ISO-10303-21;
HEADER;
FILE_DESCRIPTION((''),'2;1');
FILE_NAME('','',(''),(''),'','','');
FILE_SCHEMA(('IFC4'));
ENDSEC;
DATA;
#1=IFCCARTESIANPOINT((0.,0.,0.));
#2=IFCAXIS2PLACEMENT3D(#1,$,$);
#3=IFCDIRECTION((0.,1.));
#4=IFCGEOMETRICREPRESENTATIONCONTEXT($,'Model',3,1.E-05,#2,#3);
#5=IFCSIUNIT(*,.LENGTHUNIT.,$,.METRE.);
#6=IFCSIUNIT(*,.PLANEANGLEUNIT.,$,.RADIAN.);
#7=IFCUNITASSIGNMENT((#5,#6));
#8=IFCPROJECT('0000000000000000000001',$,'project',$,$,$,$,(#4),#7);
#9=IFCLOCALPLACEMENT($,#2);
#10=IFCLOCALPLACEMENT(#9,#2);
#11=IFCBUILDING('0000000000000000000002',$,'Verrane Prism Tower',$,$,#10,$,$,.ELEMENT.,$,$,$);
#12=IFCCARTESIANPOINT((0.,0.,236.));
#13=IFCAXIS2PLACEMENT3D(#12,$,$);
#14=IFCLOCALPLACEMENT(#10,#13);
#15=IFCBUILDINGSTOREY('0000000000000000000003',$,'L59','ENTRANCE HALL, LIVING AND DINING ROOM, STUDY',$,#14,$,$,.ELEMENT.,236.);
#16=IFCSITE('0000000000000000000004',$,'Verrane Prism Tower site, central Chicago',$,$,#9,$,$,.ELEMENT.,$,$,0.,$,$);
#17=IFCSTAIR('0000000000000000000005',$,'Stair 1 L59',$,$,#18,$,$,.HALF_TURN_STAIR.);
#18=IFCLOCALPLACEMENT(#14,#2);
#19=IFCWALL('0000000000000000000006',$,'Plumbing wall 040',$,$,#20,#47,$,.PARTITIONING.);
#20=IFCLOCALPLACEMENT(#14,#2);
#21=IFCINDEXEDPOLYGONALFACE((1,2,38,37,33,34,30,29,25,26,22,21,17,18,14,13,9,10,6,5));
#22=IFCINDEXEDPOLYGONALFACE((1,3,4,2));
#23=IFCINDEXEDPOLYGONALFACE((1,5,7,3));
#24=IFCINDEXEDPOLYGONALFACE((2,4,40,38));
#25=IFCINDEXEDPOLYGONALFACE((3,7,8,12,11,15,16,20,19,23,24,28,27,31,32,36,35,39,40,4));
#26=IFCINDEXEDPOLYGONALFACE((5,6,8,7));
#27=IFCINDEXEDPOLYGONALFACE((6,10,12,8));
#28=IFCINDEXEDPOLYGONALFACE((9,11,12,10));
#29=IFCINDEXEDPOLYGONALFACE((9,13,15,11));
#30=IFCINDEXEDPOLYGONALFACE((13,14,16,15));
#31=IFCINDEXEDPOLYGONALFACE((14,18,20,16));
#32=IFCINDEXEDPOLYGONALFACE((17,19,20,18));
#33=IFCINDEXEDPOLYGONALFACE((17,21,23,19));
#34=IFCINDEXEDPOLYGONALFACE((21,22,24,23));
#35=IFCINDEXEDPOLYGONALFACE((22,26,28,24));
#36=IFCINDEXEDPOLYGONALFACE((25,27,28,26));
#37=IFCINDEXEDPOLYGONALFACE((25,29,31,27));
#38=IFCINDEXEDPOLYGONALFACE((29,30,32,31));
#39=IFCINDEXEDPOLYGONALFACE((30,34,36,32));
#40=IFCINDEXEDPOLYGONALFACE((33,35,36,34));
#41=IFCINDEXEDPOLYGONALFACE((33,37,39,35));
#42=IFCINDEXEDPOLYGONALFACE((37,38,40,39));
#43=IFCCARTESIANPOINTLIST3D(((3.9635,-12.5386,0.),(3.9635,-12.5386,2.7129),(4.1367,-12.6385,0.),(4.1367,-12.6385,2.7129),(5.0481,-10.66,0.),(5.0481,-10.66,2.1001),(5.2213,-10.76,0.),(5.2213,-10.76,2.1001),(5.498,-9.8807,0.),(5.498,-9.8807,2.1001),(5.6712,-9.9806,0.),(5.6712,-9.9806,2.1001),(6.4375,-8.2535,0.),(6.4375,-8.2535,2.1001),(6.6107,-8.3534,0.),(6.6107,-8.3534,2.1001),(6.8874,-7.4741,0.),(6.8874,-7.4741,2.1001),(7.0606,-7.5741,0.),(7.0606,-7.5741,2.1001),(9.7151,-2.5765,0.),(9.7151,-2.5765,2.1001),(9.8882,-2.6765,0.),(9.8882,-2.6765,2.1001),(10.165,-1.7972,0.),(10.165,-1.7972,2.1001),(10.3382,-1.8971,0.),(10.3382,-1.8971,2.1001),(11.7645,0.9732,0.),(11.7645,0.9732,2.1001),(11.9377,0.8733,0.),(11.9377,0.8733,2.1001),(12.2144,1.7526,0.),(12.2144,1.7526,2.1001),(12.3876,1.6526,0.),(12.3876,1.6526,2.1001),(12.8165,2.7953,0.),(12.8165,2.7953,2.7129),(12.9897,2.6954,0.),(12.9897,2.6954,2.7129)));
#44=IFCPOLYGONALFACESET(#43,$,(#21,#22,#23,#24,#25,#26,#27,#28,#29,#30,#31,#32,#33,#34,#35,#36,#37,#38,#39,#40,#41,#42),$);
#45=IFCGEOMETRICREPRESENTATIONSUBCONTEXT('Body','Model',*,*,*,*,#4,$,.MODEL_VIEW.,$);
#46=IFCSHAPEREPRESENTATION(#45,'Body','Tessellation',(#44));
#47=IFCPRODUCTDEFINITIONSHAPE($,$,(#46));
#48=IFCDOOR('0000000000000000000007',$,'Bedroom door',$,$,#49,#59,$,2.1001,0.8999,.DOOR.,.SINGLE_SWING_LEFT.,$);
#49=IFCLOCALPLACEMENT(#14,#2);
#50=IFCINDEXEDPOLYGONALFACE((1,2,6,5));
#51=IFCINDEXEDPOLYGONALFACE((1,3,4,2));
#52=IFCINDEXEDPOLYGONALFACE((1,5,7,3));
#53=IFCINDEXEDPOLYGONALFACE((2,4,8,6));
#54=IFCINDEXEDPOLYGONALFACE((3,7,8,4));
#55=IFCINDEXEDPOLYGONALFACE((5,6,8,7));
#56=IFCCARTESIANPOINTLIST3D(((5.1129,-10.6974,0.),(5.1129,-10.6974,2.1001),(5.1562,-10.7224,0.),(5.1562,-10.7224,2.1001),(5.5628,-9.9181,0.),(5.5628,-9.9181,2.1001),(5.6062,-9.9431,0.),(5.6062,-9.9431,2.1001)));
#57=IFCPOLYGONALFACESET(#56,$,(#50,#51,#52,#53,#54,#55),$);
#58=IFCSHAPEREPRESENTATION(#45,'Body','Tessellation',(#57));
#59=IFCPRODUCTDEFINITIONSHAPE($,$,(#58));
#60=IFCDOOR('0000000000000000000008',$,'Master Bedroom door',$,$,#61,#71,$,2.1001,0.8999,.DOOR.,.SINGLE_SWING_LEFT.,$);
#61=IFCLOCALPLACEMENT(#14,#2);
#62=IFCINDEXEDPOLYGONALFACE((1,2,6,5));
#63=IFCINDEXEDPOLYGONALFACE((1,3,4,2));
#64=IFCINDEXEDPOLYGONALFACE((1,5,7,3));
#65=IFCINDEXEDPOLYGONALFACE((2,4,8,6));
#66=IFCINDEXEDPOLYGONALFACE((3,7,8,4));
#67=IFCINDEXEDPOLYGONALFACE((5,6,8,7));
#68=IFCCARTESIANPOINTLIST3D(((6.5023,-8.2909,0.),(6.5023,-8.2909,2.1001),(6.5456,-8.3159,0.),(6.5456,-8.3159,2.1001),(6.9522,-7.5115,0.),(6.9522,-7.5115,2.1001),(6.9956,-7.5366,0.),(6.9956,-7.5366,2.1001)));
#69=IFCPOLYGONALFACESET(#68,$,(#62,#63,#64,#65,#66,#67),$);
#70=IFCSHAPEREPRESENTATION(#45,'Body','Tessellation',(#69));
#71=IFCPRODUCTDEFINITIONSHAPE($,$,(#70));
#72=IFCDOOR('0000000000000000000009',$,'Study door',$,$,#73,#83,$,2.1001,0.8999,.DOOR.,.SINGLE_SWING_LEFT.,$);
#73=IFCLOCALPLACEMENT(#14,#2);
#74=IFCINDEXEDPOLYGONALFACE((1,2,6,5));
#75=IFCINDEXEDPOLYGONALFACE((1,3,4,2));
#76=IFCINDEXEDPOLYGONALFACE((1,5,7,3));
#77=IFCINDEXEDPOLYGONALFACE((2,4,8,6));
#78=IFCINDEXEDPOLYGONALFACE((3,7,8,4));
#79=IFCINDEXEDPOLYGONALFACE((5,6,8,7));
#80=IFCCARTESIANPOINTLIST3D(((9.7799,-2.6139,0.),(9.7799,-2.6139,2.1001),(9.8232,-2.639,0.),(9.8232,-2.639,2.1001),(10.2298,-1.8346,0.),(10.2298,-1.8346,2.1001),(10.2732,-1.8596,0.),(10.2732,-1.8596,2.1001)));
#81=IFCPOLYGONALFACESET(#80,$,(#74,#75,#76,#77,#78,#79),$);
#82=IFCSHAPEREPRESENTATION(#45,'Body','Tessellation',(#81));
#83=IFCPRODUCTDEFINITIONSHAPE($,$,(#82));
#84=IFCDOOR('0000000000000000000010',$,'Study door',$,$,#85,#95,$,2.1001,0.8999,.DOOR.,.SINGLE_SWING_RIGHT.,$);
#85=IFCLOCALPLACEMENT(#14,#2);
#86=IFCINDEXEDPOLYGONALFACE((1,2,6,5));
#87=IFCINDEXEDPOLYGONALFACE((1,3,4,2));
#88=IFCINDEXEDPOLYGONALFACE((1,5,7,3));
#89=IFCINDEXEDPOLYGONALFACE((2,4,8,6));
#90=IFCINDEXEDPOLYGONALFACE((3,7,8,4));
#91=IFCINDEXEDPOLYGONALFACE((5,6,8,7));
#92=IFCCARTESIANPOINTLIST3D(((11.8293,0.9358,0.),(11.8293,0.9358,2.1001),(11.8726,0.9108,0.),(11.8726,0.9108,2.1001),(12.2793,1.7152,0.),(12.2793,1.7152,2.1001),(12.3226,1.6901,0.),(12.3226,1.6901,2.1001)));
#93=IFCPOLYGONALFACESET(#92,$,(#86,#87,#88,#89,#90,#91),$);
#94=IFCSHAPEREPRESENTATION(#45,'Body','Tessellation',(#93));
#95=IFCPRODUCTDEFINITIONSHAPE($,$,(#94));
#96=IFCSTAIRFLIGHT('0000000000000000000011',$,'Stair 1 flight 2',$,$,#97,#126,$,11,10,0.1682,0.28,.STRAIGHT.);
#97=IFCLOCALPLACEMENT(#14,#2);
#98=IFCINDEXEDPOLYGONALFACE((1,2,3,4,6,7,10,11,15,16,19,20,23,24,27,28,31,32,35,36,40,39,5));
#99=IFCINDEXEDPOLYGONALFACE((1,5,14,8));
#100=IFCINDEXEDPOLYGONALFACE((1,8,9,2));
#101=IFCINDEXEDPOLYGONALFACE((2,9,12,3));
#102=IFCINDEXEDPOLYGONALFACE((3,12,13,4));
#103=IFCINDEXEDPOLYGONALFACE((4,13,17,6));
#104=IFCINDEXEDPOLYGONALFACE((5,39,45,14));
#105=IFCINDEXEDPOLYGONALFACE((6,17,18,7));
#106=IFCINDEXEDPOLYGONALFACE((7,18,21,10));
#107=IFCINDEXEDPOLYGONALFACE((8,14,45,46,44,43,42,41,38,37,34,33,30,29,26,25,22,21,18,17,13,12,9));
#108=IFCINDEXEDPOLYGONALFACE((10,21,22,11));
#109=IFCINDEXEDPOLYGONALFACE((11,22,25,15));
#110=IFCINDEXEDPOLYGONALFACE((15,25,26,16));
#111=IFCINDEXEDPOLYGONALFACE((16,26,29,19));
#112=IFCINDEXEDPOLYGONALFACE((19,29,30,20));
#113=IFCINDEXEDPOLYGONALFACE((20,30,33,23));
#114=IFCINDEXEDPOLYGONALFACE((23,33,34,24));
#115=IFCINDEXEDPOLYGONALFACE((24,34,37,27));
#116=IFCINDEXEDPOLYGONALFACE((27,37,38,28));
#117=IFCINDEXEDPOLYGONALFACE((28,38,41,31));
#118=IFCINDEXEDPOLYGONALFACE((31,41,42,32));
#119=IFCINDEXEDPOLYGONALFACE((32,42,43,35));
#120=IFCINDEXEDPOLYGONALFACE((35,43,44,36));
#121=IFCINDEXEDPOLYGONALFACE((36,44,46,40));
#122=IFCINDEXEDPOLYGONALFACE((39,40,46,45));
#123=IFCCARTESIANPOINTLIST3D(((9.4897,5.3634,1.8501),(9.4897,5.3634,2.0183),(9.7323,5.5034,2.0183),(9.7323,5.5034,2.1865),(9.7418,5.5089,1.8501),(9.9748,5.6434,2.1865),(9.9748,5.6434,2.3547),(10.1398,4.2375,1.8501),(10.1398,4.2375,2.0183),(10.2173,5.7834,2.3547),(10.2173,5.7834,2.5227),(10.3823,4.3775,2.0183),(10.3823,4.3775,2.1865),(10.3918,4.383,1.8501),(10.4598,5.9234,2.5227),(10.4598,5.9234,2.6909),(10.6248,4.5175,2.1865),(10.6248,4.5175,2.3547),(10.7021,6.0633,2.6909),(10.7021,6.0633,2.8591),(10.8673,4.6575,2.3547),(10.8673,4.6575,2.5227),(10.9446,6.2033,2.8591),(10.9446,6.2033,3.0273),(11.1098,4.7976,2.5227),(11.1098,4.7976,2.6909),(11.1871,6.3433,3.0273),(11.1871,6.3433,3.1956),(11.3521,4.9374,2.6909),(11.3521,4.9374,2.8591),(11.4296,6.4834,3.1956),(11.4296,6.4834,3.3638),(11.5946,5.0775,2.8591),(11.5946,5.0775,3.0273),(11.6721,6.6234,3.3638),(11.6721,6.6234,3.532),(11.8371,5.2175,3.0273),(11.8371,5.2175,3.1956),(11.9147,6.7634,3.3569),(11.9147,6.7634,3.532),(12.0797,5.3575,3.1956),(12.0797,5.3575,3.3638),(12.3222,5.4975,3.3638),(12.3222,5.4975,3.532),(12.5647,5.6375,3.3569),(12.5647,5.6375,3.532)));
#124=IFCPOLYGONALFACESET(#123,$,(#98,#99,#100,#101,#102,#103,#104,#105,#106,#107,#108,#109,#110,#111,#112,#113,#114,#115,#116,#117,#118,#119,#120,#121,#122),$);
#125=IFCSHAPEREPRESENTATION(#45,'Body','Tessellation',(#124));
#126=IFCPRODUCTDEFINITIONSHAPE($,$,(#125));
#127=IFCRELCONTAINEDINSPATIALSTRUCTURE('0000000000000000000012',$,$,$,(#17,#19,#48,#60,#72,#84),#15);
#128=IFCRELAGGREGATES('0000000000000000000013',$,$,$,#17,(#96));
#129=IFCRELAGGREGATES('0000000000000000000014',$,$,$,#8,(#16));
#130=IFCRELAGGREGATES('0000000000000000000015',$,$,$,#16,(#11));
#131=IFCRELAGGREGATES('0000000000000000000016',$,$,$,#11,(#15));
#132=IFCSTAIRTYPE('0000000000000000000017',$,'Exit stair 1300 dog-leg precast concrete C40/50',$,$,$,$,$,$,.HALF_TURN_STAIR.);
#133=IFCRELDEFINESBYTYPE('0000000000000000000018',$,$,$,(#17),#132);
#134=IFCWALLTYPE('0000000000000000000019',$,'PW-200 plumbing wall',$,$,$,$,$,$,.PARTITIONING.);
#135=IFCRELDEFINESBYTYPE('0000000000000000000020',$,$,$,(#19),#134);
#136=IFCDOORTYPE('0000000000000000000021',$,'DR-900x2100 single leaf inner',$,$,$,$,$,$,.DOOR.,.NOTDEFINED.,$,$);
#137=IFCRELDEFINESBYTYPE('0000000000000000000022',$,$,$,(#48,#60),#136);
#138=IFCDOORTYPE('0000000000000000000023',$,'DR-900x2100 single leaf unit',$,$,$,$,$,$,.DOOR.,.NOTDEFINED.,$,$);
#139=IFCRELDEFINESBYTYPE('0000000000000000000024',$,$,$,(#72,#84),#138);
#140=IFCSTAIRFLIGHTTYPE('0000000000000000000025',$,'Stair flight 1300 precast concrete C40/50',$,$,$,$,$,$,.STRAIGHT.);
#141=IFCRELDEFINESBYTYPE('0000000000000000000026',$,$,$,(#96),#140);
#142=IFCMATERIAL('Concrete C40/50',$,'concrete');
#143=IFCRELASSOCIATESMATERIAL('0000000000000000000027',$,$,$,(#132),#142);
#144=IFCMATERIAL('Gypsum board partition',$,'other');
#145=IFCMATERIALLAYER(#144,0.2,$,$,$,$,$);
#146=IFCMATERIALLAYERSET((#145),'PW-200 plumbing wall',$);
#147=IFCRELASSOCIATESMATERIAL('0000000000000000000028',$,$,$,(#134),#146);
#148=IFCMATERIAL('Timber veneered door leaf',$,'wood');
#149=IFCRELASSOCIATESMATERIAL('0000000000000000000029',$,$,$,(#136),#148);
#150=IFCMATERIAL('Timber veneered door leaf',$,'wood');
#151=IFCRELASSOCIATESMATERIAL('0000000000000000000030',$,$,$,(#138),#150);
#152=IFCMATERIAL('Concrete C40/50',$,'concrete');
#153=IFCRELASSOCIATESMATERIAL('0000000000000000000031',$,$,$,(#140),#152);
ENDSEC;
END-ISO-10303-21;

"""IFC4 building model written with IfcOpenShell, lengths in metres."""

from ifc_helpers import new_model, si_unit, direction, frame, frame_2d, origin, place, context, subcontext, project, spatial, polyline, rectangle, outline, extrude, material, layer, layer_set, type_object, element, fill, aggregate, save


model = new_model("IFC4")

# Units and contexts
model_context = context("Model", 3, precision=1e-05, world=origin(), true_north=direction((0.0, 1.0)))
body_context = subcontext(model_context, "Body", "Model", "MODEL_VIEW")
ifc_project = project(units=[si_unit("LENGTHUNIT", "METRE"), si_unit("PLANEANGLEUNIT", "RADIAN")], contexts=[model_context])

# Site, building, storey
site_placement = place(None, origin())
site = spatial("IfcSite", under=ifc_project, at=site_placement, Name="Verrane Prism Tower site, central Chicago", CompositionType="ELEMENT", RefElevation=0.0)
building_placement = place(site_placement, origin())
building = spatial("IfcBuilding", under=site, at=building_placement, Name="Verrane Prism Tower", CompositionType="ELEMENT")
storey_placement = place(building_placement, frame((0.0, 0.0, 236.0)))
storey = spatial("IfcBuildingStorey", under=building, at=storey_placement, Name="L59", Description="ENTRANCE HALL, LIVING AND DINING ROOM, STUDY", CompositionType="ELEMENT", Elevation=236.0)

# Stair
ifc_material_1 = material(Name="Concrete C40/50", Category="concrete")
stair_type = type_object("IfcStairType", Name="Exit stair 1300 dog-leg precast concrete C40/50", PredefinedType="HALF_TURN_STAIR", material=ifc_material_1)
stair_1_placement = place(storey_placement, origin())
stair_1 = element("IfcStair", 1, at=stair_1_placement, inside=storey, type_object=stair_type, Name="Stair 1 L59", PredefinedType="HALF_TURN_STAIR")

# Wall, openings, doors
ifc_material_2 = material(Name="Gypsum board partition", Category="other")
ifc_layer_1 = layer(ifc_material_2, 0.2)
ifc_layer_set_1 = layer_set([ifc_layer_1], Name="PW-200 plumbing wall")
wall_type_1 = type_object("IfcWallType", Name="PW-200 plumbing wall", PredefinedType="PARTITIONING", material=ifc_layer_set_1)
wall_1_placement = place(storey_placement, frame((12.9031, 2.7454, 0.0), z_axis=(0.0, 0.0, 1.0), x_axis=(-0.499998, -0.866027, 0.0)))
wall_1 = element("IfcWall", 2, at=wall_1_placement, inside=storey, type_object=wall_type_1, Name="Plumbing wall 040", PredefinedType="PARTITIONING", context=body_context, shape_type="SweptSolid", body=[
    extrude(rectangle(XDim=17.7061, YDim=0.2, at=frame_2d((8.853, 0.0))), origin(), (0.0, 0.0, 1.0), 2.7129),
])
opening_1_placement = place(wall_1_placement, frame((14.637, 0.0, 0.0)))
opening_1 = element("IfcOpeningElement", 3, at=opening_1_placement, cuts=wall_1, PredefinedType="OPENING", context=body_context, shape_type="SweptSolid", body=[
    extrude(rectangle(XDim=0.8999, YDim=2.1001, at=frame_2d((0.45, 1.05))), frame((0.0, 0.1099, 0.0), z_axis=(0.0, -1.0, 0.0), x_axis=(1.0, 0.0, 0.0)), (0.0, 0.0, 1.0), 0.22),
])
opening_2_placement = place(wall_1_placement, frame((11.8582, 0.0, 0.0)))
opening_2 = element("IfcOpeningElement", 4, at=opening_2_placement, cuts=wall_1, PredefinedType="OPENING", context=body_context, shape_type="SweptSolid", body=[
    extrude(rectangle(XDim=0.8999, YDim=2.1001, at=frame_2d((0.45, 1.05))), frame((0.0, 0.1099, 0.0), z_axis=(0.0, -1.0, 0.0), x_axis=(1.0, 0.0, 0.0)), (0.0, 0.0, 1.0), 0.22),
])
opening_3_placement = place(wall_1_placement, frame((5.303, 0.0, 0.0)))
opening_3 = element("IfcOpeningElement", 5, at=opening_3_placement, cuts=wall_1, PredefinedType="OPENING", context=body_context, shape_type="SweptSolid", body=[
    extrude(rectangle(XDim=0.8999, YDim=2.1001, at=frame_2d((0.45, 1.05))), frame((0.0, 0.1099, 0.0), z_axis=(0.0, -1.0, 0.0), x_axis=(1.0, 0.0, 0.0)), (0.0, 0.0, 1.0), 0.22),
])
opening_4_placement = place(wall_1_placement, frame((1.2041, 0.0, 0.0)))
opening_4 = element("IfcOpeningElement", 6, at=opening_4_placement, cuts=wall_1, PredefinedType="OPENING", context=body_context, shape_type="SweptSolid", body=[
    extrude(rectangle(XDim=0.8999, YDim=2.1001, at=frame_2d((0.45, 1.05))), frame((0.0, 0.1099, 0.0), z_axis=(0.0, -1.0, 0.0), x_axis=(1.0, 0.0, 0.0)), (0.0, 0.0, 1.0), 0.22),
])
ifc_material_3 = material(Name="Timber veneered door leaf", Category="wood")
door_type_1 = type_object("IfcDoorType", Name="DR-900x2100 single leaf inner", OperationType="NOTDEFINED", PredefinedType="DOOR", material=ifc_material_3)
door_1_placement = place(opening_1_placement, origin())
door_1 = element("IfcDoor", 7, at=door_1_placement, inside=storey, type_object=door_type_1, Name="Bedroom door", OperationType="SINGLE_SWING_LEFT", OverallHeight=2.1001, OverallWidth=0.8999, PredefinedType="DOOR", context=body_context, shape_type="SweptSolid", body=[
    extrude(rectangle(XDim=0.8999, YDim=2.1001, at=frame_2d((0.45, 1.05))), frame((0.0, 0.0249, 0.0), z_axis=(0.0, -1.0, 0.0), x_axis=(1.0, 0.0, 0.0)), (0.0, 0.0, 1.0), 0.05),
])
fill(opening_1, door_1)
door_2_placement = place(opening_2_placement, origin())
door_2 = element("IfcDoor", 8, at=door_2_placement, inside=storey, type_object=door_type_1, Name="Master Bedroom door", OperationType="SINGLE_SWING_LEFT", OverallHeight=2.1001, OverallWidth=0.8999, PredefinedType="DOOR", context=body_context, shape_type="SweptSolid", body=[
    extrude(rectangle(XDim=0.8999, YDim=2.1001, at=frame_2d((0.45, 1.05))), frame((0.0, 0.0249, 0.0), z_axis=(0.0, -1.0, 0.0), x_axis=(1.0, 0.0, 0.0)), (0.0, 0.0, 1.0), 0.05),
])
fill(opening_2, door_2)
ifc_material_4 = material(Name="Timber veneered door leaf", Category="wood")
door_type_2 = type_object("IfcDoorType", Name="DR-900x2100 single leaf unit", OperationType="NOTDEFINED", PredefinedType="DOOR", material=ifc_material_4)
door_3_placement = place(opening_3_placement, origin())
door_3 = element("IfcDoor", 9, at=door_3_placement, inside=storey, type_object=door_type_2, Name="Study door", OperationType="SINGLE_SWING_LEFT", OverallHeight=2.1001, OverallWidth=0.8999, PredefinedType="DOOR", context=body_context, shape_type="SweptSolid", body=[
    extrude(rectangle(XDim=0.8999, YDim=2.1001, at=frame_2d((0.45, 1.05))), frame((0.0, 0.0249, 0.0), z_axis=(0.0, -1.0, 0.0), x_axis=(1.0, 0.0, 0.0)), (0.0, 0.0, 1.0), 0.05),
])
fill(opening_3, door_3)
door_4_placement = place(opening_4_placement, origin())
door_4 = element("IfcDoor", 10, at=door_4_placement, inside=storey, type_object=door_type_2, Name="Study door", OperationType="SINGLE_SWING_RIGHT", OverallHeight=2.1001, OverallWidth=0.8999, PredefinedType="DOOR", context=body_context, shape_type="SweptSolid", body=[
    extrude(rectangle(XDim=0.8999, YDim=2.1001, at=frame_2d((0.45, 1.05))), frame((0.0, 0.0249, 0.0), z_axis=(0.0, -1.0, 0.0), x_axis=(1.0, 0.0, 0.0)), (0.0, 0.0, 1.0), 0.05),
])
fill(opening_4, door_4)

# Stair flight
ifc_material_5 = material(Name="Concrete C40/50", Category="concrete")
stair_flight_type = type_object("IfcStairFlightType", Name="Stair flight 1300 precast concrete C40/50", PredefinedType="STRAIGHT", material=ifc_material_5)
stair_flight_placement = place(storey_placement, frame((9.8147, 4.8005, 1.8501), z_axis=(0.0, 0.0, 1.0), x_axis=(0.866025, 0.5, 0.0)))
stair_flight = element("IfcStairFlight", 11, at=stair_flight_placement, type_object=stair_flight_type, Name="Stair 1 flight 2", NumberOfRisers=11, NumberOfTreads=10, PredefinedType="STRAIGHT", RiserHeight=0.1682, TreadLength=0.28, context=body_context, shape_type="SweptSolid", body=[
    extrude(outline(polyline([(0.0, 0.0), (0.0, 0.1682), (0.28, 0.1682), (0.28, 0.3364), (0.5601, 0.3364), (0.5601, 0.5046), (0.8401, 0.5046), (0.8401, 0.6726), (1.1201, 0.6726), (1.1201, 0.8408), (1.3999, 0.8408), (1.3999, 1.009), (1.6799, 1.009), (1.6799, 1.1772), (1.96, 1.1772), (1.96, 1.3455), (2.24, 1.3455), (2.24, 1.5137), (2.52, 1.5137), (2.52, 1.6819), (2.8, 1.6819), (2.8, 1.8501), (2.8, 1.5068), (0.291, 0.0), (0.0, 0.0)])), frame((0.0, 0.6499, 0.0), z_axis=(0.0, -1.0, 0.0), x_axis=(1.0, 0.0, 0.0)), (0.0, 0.0, 1.0), 1.3),
])
aggregate(stair_1, [stair_flight])

save(model, "model.ifc")
